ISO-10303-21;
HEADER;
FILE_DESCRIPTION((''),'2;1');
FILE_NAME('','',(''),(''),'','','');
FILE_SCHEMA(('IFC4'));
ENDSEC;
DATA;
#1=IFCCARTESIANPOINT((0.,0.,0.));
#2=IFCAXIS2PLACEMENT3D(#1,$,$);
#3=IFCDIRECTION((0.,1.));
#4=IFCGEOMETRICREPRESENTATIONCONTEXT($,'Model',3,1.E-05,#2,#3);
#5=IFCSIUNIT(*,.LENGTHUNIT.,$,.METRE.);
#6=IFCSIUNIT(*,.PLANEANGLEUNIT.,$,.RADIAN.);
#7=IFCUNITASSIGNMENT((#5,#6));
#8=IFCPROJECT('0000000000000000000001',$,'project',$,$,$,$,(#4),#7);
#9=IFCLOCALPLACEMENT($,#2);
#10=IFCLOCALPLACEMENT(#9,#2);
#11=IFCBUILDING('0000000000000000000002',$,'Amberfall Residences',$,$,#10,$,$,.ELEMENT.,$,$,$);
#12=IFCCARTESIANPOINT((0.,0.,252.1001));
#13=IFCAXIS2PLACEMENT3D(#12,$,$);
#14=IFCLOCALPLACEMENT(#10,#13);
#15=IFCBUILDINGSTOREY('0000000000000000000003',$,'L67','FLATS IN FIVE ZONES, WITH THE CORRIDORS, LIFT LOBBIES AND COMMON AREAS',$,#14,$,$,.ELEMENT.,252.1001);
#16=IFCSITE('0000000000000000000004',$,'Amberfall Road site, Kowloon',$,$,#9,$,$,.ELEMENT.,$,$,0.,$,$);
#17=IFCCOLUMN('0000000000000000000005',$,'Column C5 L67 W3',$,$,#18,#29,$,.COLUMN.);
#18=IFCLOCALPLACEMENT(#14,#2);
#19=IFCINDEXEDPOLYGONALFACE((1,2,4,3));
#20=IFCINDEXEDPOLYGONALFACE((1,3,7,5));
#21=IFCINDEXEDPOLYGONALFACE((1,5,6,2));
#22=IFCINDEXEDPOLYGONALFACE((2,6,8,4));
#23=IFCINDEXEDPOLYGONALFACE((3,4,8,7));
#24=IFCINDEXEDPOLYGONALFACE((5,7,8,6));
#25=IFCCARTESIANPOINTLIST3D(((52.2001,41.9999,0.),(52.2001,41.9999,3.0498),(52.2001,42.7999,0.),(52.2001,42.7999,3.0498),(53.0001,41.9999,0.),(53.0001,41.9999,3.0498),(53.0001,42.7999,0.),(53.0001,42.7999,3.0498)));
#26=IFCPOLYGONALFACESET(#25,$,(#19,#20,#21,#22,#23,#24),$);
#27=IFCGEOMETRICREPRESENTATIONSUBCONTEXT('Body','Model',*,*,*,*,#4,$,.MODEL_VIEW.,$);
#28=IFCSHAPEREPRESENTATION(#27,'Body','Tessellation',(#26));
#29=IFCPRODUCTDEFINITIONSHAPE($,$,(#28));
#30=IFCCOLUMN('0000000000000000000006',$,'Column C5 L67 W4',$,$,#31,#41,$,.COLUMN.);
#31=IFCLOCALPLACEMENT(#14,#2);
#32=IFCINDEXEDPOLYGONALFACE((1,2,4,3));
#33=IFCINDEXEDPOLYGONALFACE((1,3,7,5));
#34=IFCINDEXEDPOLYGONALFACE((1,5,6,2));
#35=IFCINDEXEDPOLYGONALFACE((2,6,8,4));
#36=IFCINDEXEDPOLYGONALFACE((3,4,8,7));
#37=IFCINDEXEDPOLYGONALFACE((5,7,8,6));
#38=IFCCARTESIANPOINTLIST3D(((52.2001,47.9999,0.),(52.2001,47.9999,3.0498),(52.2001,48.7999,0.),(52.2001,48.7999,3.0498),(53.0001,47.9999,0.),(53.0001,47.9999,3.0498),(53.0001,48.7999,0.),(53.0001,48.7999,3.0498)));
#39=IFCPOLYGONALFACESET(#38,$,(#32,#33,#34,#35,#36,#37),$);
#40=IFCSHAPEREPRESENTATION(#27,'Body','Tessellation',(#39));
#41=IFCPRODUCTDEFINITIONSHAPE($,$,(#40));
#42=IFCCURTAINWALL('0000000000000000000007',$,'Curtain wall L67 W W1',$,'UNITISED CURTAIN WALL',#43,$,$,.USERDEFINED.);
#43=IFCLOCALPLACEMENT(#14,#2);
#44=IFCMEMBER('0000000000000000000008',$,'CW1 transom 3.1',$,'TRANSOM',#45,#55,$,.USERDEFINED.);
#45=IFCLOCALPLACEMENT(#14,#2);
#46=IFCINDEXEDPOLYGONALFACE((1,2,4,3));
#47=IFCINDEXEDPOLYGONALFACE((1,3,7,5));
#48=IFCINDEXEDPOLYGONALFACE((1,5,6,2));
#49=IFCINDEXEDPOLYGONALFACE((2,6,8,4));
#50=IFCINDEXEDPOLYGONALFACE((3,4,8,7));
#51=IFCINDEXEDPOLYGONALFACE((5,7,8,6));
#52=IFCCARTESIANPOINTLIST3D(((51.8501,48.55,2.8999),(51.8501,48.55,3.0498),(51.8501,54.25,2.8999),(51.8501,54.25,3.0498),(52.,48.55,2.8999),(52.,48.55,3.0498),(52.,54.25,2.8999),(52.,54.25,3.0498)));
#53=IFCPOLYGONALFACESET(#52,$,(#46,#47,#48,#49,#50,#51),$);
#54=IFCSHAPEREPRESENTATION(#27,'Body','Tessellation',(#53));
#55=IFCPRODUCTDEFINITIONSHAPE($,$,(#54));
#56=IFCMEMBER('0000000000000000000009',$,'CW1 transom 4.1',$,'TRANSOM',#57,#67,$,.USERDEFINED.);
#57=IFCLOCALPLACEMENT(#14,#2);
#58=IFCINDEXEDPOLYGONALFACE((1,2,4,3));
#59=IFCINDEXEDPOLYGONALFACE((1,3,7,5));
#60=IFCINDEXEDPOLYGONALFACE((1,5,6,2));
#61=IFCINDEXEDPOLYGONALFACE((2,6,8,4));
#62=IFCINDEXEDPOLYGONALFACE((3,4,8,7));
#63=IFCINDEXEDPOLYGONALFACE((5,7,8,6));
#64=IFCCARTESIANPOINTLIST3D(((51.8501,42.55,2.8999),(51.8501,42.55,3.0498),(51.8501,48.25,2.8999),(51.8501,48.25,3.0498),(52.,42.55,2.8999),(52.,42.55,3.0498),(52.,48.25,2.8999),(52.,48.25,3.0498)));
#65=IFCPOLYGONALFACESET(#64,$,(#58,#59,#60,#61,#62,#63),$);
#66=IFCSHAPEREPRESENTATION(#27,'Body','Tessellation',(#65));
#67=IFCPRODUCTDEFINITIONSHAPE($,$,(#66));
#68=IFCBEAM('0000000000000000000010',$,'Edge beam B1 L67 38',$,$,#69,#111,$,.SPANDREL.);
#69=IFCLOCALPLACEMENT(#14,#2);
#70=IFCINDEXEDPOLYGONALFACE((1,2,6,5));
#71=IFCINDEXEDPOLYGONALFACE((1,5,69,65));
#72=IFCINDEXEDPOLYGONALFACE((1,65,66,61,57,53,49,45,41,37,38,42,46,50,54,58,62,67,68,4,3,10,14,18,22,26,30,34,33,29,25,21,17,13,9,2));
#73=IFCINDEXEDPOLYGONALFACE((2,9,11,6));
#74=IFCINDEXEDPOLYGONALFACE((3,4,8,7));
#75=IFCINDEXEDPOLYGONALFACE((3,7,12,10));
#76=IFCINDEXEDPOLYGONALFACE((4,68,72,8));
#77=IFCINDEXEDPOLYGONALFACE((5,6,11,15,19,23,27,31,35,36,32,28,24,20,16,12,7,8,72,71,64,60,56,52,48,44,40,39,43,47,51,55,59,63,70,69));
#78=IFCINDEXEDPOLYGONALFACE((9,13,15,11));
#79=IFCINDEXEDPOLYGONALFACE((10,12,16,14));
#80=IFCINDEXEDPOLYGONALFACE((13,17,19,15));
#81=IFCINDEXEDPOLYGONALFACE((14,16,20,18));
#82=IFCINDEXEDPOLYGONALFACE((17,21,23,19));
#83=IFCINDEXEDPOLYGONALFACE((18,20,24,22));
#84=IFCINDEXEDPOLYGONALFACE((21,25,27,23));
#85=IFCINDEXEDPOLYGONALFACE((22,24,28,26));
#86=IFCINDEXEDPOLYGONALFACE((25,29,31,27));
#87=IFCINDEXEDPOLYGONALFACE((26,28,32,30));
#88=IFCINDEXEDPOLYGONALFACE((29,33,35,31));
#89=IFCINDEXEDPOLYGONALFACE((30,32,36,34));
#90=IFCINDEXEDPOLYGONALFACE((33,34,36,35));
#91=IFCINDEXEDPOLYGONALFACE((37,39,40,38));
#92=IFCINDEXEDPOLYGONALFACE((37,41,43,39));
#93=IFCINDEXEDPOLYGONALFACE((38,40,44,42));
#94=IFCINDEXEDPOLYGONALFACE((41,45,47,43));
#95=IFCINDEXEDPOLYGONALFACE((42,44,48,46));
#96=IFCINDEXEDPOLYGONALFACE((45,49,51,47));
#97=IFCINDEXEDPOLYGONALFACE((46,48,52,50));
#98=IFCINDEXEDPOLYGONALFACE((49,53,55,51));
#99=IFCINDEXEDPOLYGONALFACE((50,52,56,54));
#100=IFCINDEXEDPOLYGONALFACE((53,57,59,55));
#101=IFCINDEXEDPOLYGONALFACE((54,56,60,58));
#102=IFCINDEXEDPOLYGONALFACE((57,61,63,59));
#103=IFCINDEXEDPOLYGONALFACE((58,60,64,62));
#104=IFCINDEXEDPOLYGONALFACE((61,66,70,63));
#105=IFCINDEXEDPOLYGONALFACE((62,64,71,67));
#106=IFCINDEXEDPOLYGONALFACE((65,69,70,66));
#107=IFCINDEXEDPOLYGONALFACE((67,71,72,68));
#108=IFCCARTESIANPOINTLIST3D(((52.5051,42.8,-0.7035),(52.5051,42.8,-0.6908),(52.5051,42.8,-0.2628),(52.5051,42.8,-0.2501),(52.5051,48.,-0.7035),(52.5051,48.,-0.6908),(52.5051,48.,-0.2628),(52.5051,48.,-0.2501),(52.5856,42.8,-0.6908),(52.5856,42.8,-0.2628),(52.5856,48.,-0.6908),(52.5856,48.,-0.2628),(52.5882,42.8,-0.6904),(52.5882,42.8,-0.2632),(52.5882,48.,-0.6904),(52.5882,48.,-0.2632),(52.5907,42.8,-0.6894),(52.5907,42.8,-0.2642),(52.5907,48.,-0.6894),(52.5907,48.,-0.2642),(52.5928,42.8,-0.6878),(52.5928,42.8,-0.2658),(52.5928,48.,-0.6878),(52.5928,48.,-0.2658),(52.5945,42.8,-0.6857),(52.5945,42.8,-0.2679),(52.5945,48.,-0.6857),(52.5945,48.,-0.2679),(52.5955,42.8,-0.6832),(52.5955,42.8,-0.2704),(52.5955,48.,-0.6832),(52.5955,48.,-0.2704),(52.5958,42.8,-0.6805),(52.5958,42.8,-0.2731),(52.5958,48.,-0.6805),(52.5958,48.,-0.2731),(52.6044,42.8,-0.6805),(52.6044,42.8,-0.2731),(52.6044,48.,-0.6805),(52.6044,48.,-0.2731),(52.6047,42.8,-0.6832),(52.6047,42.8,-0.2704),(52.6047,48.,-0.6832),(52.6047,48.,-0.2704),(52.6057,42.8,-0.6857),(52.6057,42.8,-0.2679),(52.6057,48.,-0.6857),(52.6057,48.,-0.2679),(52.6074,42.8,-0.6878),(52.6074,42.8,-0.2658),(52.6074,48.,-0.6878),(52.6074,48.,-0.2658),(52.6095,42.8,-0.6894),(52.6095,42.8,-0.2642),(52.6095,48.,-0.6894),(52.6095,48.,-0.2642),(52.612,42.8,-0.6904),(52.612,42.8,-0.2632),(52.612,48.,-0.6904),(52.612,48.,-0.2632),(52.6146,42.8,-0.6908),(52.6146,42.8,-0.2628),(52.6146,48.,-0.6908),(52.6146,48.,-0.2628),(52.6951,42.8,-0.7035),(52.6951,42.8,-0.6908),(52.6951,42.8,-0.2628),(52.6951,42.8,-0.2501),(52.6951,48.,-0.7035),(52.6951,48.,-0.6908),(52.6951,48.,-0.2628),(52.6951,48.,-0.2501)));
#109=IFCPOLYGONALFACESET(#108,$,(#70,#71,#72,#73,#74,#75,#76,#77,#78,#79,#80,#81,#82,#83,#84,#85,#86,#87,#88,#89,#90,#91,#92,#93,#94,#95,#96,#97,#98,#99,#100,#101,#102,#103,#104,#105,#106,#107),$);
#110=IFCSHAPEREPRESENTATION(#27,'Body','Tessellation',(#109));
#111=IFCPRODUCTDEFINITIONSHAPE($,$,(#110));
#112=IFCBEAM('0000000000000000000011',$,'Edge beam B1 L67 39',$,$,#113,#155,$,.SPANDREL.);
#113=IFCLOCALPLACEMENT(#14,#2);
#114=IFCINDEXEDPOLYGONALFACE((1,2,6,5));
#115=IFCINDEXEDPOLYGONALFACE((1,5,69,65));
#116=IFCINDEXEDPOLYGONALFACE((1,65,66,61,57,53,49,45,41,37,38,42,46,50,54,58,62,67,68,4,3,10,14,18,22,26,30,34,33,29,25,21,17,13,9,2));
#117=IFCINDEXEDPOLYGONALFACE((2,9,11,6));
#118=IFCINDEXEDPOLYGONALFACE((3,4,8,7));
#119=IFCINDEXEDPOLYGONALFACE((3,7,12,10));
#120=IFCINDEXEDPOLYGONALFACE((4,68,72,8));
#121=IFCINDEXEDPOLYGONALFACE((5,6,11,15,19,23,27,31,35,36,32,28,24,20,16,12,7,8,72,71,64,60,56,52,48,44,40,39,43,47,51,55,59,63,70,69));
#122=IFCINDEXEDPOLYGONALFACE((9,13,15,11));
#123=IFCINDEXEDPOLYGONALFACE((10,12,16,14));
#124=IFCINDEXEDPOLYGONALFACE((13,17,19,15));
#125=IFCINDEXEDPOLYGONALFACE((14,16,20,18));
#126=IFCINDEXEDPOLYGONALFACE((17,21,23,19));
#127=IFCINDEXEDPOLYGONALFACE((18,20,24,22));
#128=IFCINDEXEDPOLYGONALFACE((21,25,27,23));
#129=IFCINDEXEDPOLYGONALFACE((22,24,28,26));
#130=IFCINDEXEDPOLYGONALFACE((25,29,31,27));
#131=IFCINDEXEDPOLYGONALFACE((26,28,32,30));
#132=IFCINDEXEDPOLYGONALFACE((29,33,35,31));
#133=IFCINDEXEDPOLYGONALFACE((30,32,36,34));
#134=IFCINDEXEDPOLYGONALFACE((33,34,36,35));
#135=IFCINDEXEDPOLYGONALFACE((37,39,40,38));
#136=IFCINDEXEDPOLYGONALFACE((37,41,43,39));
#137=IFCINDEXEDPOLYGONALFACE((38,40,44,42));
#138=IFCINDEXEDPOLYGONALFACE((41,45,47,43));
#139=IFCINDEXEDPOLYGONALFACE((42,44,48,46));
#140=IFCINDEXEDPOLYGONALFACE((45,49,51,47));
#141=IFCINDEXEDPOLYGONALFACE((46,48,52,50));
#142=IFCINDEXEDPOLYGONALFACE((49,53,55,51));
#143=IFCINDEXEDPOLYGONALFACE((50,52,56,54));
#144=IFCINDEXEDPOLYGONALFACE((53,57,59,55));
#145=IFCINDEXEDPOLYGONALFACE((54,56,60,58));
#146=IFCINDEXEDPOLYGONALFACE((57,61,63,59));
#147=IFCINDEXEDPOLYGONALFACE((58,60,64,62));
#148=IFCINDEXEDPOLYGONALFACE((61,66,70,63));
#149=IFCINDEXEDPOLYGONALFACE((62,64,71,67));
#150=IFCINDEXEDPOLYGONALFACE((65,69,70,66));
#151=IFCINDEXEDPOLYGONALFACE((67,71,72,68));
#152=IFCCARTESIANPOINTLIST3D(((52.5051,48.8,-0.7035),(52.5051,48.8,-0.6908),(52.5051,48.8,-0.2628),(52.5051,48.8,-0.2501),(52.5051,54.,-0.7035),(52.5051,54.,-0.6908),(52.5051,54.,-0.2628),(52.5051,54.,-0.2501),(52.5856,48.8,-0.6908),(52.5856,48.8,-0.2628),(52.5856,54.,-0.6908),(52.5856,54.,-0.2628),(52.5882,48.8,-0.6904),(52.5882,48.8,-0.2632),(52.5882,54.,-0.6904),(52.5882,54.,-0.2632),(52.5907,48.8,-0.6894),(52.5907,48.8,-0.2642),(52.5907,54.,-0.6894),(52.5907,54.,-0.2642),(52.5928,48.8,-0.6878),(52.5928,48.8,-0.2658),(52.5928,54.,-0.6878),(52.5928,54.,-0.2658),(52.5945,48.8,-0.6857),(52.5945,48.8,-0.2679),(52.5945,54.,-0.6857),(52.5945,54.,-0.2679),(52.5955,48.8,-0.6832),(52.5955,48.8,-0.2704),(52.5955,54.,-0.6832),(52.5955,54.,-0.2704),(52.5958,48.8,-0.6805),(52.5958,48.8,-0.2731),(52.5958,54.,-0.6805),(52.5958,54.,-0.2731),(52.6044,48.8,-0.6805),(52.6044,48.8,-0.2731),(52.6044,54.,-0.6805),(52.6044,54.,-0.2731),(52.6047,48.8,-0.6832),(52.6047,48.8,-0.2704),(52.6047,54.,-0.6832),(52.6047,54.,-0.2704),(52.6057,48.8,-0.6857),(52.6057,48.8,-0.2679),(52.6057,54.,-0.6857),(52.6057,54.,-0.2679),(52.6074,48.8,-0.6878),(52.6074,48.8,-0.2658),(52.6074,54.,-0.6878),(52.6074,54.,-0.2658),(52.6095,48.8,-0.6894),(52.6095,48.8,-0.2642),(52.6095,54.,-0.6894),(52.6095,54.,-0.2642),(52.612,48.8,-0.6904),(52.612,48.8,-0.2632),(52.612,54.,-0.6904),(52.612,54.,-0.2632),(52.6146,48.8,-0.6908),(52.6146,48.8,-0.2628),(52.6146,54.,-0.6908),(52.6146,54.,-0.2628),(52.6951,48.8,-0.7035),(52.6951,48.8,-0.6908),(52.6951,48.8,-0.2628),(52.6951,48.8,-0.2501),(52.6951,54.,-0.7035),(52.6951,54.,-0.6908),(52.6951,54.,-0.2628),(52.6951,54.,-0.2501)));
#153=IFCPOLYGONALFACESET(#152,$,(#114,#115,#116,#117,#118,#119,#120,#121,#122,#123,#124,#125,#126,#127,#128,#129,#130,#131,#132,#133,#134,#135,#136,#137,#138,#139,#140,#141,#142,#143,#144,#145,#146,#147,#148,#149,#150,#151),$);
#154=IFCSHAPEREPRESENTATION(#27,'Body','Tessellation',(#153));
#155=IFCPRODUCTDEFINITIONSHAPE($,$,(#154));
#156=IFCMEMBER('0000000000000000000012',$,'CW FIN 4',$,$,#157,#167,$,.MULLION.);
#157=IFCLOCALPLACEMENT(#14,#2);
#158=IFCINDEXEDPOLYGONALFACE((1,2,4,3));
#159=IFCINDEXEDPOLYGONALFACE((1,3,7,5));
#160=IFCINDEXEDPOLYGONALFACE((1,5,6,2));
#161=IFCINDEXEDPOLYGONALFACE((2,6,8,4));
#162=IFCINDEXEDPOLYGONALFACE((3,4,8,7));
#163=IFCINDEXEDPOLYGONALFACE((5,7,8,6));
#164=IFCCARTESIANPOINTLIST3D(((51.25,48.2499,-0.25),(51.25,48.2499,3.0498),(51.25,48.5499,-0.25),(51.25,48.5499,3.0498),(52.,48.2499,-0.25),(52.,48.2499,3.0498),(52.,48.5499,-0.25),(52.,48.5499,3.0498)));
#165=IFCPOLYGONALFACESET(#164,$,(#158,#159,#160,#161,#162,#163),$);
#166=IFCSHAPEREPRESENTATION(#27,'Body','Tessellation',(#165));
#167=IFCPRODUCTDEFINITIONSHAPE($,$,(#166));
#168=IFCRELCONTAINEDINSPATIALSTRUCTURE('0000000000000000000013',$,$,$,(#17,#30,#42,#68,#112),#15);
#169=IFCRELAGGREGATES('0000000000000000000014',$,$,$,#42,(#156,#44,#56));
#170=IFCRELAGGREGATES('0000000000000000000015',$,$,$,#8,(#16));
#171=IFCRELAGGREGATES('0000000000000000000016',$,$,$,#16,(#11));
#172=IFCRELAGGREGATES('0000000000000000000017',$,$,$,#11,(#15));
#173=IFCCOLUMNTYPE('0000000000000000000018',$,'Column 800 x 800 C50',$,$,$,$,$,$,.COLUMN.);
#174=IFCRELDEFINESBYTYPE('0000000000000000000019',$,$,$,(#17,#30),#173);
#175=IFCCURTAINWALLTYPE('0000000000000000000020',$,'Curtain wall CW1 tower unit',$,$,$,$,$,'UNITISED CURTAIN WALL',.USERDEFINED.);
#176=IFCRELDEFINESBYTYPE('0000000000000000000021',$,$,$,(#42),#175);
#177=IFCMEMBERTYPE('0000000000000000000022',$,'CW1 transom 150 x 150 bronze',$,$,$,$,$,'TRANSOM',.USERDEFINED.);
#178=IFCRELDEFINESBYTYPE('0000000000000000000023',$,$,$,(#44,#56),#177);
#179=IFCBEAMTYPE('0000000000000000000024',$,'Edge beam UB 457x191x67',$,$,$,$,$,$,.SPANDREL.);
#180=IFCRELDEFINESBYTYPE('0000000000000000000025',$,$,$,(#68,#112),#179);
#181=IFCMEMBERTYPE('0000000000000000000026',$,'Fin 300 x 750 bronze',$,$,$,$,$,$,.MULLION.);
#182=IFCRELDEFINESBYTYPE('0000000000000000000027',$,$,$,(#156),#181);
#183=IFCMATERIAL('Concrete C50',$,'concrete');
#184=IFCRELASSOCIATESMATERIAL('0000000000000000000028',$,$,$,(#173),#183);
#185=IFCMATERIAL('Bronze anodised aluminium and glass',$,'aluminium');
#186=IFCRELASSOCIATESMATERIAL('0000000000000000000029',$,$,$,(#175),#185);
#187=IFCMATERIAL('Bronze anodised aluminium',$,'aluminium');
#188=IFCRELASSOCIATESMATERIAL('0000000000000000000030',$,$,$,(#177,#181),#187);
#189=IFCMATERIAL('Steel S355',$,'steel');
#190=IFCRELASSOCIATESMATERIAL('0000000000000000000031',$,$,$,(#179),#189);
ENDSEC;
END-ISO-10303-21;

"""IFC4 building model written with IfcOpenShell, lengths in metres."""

from ifc_helpers import new_model, si_unit, direction, frame, origin, origin_2d, place, context, subcontext, project, spatial, rectangle, i_section, extrude, material, material_profile, profile_set, type_object, element, aggregate, save


model = new_model("IFC4")

# Units and contexts
model_context = context("Model", 3, precision=1e-05, world=origin(), true_north=direction((0.0, 1.0)))
body_context = subcontext(model_context, "Body", "Model", "MODEL_VIEW")
ifc_project = project(units=[si_unit("LENGTHUNIT", "METRE"), si_unit("PLANEANGLEUNIT", "RADIAN")], contexts=[model_context])

# Site, building, storey
site_placement = place(None, origin())
site = spatial("IfcSite", under=ifc_project, at=site_placement, Name="Amberfall Road site, Kowloon", CompositionType="ELEMENT", RefElevation=0.0)
building_placement = place(site_placement, origin())
building = spatial("IfcBuilding", under=site, at=building_placement, Name="Amberfall Residences", CompositionType="ELEMENT")
storey_placement = place(building_placement, frame((0.0, 0.0, 252.1001)))
storey = spatial("IfcBuildingStorey", under=building, at=storey_placement, Name="L67", Description="FLATS IN FIVE ZONES, WITH THE CORRIDORS, LIFT LOBBIES AND COMMON AREAS", CompositionType="ELEMENT", Elevation=252.1001)

# Columns
ifc_material_1 = material(Name="Concrete C50", Category="concrete")
ifc_material_profile_1 = material_profile(ifc_material_1, rectangle(XDim=0.8, YDim=0.8, at=origin_2d()), Name="Column 800 x 800 C50")
ifc_profile_set_1 = profile_set([ifc_material_profile_1], Name="Concrete C50")
column_type = type_object("IfcColumnType", Name="Column 800 x 800 C50", PredefinedType="COLUMN", material=ifc_profile_set_1)
for number, where, z_axis, x_axis, name in (
    (1, (52.6001, 42.3999, 0.0), (0.0, 0.0, 1.0), (1.0, 0.0, 0.0), "Column C5 L67 W3"),
    (2, (52.6001, 48.3999, 0.0), (0.0, 0.0, 1.0), (1.0, 0.0, 0.0), "Column C5 L67 W4"),
):
    element("IfcColumn", number, at=place(storey_placement, frame(where, z_axis=z_axis, x_axis=x_axis)), inside=storey, type_object=column_type, Name=name, PredefinedType="COLUMN", context=body_context, shape_type="SweptSolid", body=[
        extrude(rectangle(XDim=0.8, YDim=0.8, at=origin_2d()), origin(), (0.0, 0.0, 1.0), 3.0498),
    ])

# Curtain wall, members
ifc_material_2 = material(Name="Bronze anodised aluminium and glass", Category="aluminium")
curtain_wall_type = type_object("IfcCurtainWallType", Name="Curtain wall CW1 tower unit", ElementType="UNITISED CURTAIN WALL", PredefinedType="USERDEFINED", material=ifc_material_2)
curtain_wall_placement = place(storey_placement, origin())
curtain_wall = element("IfcCurtainWall", 3, at=curtain_wall_placement, inside=storey, type_object=curtain_wall_type, Name="Curtain wall L67 W W1", ObjectType="UNITISED CURTAIN WALL", PredefinedType="USERDEFINED")
ifc_material_3 = material(Name="Bronze anodised aluminium", Category="aluminium")
ifc_material_profile_2 = material_profile(ifc_material_3, rectangle(XDim=0.1499, YDim=0.1499, at=origin_2d()), Name="CW1 transom 150 x 150 bronze")
ifc_profile_set_2 = profile_set([ifc_material_profile_2], Name="Bronze anodised aluminium")
member_type_1 = type_object("IfcMemberType", Name="CW1 transom 150 x 150 bronze", ElementType="TRANSOM", PredefinedType="USERDEFINED", material=ifc_profile_set_2)
member_1_placement = place(storey_placement, frame((51.925, 54.25, 2.9749), z_axis=(0.0, -1.0, 0.0), x_axis=(1.0, 0.0, 0.0)))
member_1 = element("IfcMember", 4, at=member_1_placement, type_object=member_type_1, Name="CW1 transom 3.1", ObjectType="TRANSOM", PredefinedType="USERDEFINED", context=body_context, shape_type="SweptSolid", body=[
    extrude(rectangle(XDim=0.1499, YDim=0.1499, at=origin_2d()), origin(), (0.0, 0.0, 1.0), 5.7),
])
member_2_placement = place(storey_placement, frame((51.925, 48.25, 2.9749), z_axis=(0.0, -1.0, 0.0), x_axis=(1.0, 0.0, 0.0)))
member_2 = element("IfcMember", 5, at=member_2_placement, type_object=member_type_1, Name="CW1 transom 4.1", ObjectType="TRANSOM", PredefinedType="USERDEFINED", context=body_context, shape_type="SweptSolid", body=[
    extrude(rectangle(XDim=0.1499, YDim=0.1499, at=origin_2d()), origin(), (0.0, 0.0, 1.0), 5.7),
])

# Beams
ifc_material_4 = material(Name="Steel S355", Category="steel")
ifc_material_profile_3 = material_profile(ifc_material_4, i_section(OverallWidth=0.1899, OverallDepth=0.4534, WebThickness=0.0085, FlangeThickness=0.0127, FilletRadius=0.0103, at=origin_2d()), Name="UB 457x191x67")
ifc_profile_set_3 = profile_set([ifc_material_profile_3], Name="Steel S355")
beam_type_1 = type_object("IfcBeamType", Name="Edge beam UB 457x191x67", PredefinedType="SPANDREL", material=ifc_profile_set_3)
for number, where, z_axis, x_axis, name in (
    (6, (52.6001, 42.8, -0.4768), (0.0, 1.0, 0.0), (-1.0, 0.0, 0.0), "Edge beam B1 L67 38"),
    (7, (52.6001, 48.8, -0.4768), (0.0, 1.0, 0.0), (-1.0, 0.0, 0.0), "Edge beam B1 L67 39"),
):
    element("IfcBeam", number, at=place(storey_placement, frame(where, z_axis=z_axis, x_axis=x_axis)), inside=storey, type_object=beam_type_1, Name=name, PredefinedType="SPANDREL", context=body_context, shape_type="SweptSolid", body=[
        extrude(i_section(OverallWidth=0.1899, OverallDepth=0.4534, WebThickness=0.0085, FlangeThickness=0.0127, FilletRadius=0.0103, at=origin_2d()), origin(), (0.0, 0.0, 1.0), 5.2),
    ])

# Member
ifc_material_profile_4 = material_profile(ifc_material_3, rectangle(XDim=0.75, YDim=0.3, at=origin_2d()), Name="Fin 300 x 750 bronze")
ifc_profile_set_4 = profile_set([ifc_material_profile_4], Name="Bronze anodised aluminium")
member_type_2 = type_object("IfcMemberType", Name="Fin 300 x 750 bronze", PredefinedType="MULLION", material=ifc_profile_set_4)
member_3_placement = place(storey_placement, frame((51.625, 48.3999, -0.25), z_axis=(0.0, 0.0, 1.0), x_axis=(1.0, 0.0, 0.0)))
member_3 = element("IfcMember", 8, at=member_3_placement, type_object=member_type_2, Name="CW FIN 4", PredefinedType="MULLION", context=body_context, shape_type="SweptSolid", body=[
    extrude(rectangle(XDim=0.75, YDim=0.3, at=origin_2d()), origin(), (0.0, 0.0, 1.0), 3.2998),
])

aggregate(curtain_wall, [member_3, member_1, member_2])

save(model, "model.ifc")
